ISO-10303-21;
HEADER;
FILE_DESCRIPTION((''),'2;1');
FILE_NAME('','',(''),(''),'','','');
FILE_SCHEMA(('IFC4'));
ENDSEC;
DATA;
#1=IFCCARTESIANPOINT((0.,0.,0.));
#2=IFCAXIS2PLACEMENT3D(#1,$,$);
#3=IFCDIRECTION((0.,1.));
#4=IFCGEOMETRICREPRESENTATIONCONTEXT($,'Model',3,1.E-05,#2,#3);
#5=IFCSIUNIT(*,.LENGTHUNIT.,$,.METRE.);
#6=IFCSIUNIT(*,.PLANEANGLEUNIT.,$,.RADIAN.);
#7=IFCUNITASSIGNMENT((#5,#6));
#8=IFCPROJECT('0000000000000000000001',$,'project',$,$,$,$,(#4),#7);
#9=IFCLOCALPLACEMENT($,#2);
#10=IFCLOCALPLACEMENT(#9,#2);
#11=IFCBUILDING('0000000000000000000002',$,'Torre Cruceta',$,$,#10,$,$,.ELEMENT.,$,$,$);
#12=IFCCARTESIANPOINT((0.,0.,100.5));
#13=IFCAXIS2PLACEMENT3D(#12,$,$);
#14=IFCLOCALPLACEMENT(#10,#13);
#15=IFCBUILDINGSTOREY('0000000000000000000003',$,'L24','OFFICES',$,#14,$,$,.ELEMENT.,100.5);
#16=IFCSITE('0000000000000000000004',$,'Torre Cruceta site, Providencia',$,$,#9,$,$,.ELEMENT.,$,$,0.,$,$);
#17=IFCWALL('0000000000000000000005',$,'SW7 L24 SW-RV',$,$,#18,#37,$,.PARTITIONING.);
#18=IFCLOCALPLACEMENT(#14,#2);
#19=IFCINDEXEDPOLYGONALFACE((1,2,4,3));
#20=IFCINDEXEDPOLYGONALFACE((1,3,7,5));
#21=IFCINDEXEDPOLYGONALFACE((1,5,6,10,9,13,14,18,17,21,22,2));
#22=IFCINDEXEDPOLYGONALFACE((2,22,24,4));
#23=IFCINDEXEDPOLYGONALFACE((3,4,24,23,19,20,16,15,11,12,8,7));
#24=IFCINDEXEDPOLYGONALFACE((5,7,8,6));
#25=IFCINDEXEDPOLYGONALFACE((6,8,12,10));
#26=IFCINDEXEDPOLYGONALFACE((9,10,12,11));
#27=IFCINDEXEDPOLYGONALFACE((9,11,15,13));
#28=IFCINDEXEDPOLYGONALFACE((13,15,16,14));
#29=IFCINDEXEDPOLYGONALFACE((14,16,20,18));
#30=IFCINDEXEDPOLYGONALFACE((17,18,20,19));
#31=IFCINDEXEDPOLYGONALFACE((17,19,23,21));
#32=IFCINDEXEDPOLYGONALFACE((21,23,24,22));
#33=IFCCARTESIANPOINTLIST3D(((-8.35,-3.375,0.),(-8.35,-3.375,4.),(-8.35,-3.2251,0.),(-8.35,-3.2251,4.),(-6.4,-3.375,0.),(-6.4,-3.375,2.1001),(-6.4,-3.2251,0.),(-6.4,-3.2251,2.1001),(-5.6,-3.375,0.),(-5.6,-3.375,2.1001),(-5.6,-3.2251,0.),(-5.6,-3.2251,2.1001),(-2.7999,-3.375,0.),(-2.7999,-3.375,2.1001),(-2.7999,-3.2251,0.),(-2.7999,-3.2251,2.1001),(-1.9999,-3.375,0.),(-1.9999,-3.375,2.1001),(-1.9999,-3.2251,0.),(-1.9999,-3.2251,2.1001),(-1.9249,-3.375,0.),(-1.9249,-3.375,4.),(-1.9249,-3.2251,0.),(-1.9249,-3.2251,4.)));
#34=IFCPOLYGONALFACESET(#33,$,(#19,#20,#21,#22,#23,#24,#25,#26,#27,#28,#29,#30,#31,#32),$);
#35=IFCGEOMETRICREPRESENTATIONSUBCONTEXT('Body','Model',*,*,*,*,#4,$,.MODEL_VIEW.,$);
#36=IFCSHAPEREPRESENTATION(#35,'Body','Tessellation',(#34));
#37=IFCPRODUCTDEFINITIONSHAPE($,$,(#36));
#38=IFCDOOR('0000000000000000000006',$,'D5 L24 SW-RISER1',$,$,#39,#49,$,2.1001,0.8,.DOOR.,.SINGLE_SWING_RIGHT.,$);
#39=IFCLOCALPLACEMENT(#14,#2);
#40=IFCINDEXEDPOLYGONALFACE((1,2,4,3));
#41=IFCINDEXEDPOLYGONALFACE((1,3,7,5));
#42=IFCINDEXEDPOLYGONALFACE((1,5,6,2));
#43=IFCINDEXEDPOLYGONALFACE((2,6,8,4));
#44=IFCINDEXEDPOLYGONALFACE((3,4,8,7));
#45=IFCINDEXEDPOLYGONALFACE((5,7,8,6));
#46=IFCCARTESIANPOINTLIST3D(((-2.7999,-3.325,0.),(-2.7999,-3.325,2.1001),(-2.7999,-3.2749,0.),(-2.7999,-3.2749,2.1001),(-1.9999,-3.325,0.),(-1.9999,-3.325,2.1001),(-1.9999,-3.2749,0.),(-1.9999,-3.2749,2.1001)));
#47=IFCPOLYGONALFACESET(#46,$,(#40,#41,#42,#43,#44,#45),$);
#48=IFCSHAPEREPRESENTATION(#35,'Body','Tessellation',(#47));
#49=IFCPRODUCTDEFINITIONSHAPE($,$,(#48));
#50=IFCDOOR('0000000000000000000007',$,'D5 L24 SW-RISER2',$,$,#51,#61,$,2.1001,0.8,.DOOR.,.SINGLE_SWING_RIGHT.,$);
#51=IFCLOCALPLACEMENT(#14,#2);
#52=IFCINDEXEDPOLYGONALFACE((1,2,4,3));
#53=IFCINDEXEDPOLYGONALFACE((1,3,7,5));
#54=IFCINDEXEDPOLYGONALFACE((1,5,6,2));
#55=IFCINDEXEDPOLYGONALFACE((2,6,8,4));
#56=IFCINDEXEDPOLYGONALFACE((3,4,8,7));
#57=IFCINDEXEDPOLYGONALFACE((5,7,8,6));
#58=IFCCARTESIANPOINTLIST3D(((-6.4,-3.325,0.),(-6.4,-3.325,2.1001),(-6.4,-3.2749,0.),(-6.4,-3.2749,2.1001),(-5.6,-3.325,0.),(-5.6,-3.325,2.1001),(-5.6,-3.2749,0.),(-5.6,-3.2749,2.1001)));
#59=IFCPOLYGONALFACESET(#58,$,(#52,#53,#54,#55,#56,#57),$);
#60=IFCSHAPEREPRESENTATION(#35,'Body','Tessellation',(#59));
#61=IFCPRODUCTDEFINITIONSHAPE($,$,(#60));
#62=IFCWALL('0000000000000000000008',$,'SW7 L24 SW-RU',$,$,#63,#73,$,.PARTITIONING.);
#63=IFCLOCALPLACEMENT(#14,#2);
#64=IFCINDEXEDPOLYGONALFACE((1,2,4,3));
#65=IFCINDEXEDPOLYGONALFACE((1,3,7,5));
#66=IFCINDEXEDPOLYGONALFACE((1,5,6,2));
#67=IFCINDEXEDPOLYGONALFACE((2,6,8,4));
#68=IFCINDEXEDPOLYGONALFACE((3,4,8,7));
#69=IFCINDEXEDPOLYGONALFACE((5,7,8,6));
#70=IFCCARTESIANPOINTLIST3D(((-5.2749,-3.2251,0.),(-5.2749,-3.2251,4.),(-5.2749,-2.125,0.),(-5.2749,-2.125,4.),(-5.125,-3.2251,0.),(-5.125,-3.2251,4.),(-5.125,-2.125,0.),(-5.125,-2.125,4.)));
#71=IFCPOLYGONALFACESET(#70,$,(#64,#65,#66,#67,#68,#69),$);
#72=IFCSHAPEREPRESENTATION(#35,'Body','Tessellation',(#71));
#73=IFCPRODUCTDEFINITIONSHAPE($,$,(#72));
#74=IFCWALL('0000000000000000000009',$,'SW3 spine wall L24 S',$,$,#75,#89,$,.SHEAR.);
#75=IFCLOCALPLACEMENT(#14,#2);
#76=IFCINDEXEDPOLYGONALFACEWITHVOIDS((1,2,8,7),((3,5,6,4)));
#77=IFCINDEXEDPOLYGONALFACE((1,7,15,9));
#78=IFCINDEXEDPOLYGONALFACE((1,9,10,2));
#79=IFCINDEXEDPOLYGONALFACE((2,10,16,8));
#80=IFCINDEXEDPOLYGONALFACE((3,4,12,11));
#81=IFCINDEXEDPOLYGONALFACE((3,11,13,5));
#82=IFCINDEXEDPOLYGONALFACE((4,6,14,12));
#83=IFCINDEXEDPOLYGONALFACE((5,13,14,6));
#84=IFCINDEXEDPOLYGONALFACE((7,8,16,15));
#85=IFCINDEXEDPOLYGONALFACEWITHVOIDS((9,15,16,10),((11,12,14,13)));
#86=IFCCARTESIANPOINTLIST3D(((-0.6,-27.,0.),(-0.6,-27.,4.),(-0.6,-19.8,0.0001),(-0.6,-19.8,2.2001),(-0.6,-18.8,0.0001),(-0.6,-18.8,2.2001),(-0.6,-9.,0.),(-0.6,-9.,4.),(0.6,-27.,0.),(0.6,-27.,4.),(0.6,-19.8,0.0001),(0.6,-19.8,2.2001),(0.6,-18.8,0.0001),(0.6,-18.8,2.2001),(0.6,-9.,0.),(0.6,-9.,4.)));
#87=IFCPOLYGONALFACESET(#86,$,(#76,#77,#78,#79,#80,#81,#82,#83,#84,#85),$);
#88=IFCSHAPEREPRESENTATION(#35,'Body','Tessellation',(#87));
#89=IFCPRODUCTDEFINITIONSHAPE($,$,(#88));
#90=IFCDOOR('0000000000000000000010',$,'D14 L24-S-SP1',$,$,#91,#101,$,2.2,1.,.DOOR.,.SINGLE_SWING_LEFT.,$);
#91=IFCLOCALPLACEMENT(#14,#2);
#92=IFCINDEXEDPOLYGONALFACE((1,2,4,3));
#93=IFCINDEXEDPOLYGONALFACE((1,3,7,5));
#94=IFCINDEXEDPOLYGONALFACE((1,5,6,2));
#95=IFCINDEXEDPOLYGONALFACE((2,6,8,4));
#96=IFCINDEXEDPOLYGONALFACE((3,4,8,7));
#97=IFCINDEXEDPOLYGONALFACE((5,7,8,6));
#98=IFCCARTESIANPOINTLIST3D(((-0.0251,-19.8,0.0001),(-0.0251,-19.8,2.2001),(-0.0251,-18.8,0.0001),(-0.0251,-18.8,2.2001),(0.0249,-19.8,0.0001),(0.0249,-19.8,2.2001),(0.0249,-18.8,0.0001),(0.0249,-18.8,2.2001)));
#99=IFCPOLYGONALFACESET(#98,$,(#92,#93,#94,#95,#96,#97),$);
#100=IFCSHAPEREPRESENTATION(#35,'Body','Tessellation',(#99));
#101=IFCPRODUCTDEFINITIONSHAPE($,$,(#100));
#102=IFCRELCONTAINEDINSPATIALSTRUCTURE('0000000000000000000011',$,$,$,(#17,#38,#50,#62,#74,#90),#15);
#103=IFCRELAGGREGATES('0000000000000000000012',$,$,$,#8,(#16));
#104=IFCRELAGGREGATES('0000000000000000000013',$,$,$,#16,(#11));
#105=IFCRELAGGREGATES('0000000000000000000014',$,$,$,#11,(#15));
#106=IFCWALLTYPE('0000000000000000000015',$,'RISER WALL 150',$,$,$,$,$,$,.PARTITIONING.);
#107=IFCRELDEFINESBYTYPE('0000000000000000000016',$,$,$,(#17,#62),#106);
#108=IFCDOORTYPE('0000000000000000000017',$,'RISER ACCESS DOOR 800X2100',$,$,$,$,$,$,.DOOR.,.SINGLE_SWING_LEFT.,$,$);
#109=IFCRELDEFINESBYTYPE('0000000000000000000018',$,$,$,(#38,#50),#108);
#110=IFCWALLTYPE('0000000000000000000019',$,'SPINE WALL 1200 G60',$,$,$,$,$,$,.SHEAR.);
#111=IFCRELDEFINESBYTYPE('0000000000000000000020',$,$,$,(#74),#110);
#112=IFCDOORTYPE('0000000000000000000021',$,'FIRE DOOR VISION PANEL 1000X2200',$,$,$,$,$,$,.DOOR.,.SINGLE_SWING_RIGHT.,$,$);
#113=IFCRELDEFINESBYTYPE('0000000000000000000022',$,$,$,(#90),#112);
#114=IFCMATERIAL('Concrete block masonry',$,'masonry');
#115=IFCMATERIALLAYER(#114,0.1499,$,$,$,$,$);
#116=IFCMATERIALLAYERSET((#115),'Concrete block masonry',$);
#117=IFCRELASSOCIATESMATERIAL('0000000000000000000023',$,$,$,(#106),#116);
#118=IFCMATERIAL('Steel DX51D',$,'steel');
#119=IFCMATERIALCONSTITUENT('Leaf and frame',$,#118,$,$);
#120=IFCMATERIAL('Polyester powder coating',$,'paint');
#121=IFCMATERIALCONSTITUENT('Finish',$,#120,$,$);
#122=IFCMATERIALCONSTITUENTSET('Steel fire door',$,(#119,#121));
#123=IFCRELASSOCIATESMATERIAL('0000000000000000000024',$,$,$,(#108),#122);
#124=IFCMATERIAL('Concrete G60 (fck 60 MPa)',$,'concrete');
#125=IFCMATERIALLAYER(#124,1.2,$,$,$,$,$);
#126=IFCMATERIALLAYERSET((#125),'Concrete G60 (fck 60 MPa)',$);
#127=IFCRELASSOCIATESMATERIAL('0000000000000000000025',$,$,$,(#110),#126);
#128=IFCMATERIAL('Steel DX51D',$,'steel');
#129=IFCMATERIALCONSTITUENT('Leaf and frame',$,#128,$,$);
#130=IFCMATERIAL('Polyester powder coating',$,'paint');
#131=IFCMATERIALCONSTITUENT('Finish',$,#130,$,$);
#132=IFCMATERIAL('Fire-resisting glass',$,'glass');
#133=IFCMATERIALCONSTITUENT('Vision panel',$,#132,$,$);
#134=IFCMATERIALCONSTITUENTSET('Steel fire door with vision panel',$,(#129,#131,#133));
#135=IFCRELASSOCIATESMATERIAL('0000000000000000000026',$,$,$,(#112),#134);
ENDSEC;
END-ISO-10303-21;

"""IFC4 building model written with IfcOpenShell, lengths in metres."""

from ifc_helpers import new_model, si_unit, direction, frame, frame_2d, origin, place, context, subcontext, project, spatial, rectangle, extrude, material, layer, layer_set, constituent, constituent_set, type_object, element, fill, save


model = new_model("IFC4")

# Units and contexts
model_context = context("Model", 3, precision=1e-05, world=origin(), true_north=direction((0.0, 1.0)))
body_context = subcontext(model_context, "Body", "Model", "MODEL_VIEW")
ifc_project = project(units=[si_unit("LENGTHUNIT", "METRE"), si_unit("PLANEANGLEUNIT", "RADIAN")], contexts=[model_context])

# Site, building, storey
site_placement = place(None, origin())
site = spatial("IfcSite", under=ifc_project, at=site_placement, Name="Torre Cruceta site, Providencia", CompositionType="ELEMENT", RefElevation=0.0)
building_placement = place(site_placement, origin())
building = spatial("IfcBuilding", under=site, at=building_placement, Name="Torre Cruceta", CompositionType="ELEMENT")
storey_placement = place(building_placement, frame((0.0, 0.0, 100.5)))
storey = spatial("IfcBuildingStorey", under=building, at=storey_placement, Name="L24", Description="OFFICES", CompositionType="ELEMENT", Elevation=100.5)

# Wall, openings, doors
ifc_material_1 = material(Name="Concrete block masonry", Category="masonry")
ifc_layer_1 = layer(ifc_material_1, 0.1499)
ifc_layer_set_1 = layer_set([ifc_layer_1], Name="Concrete block masonry")
wall_type_1 = type_object("IfcWallType", Name="RISER WALL 150", PredefinedType="PARTITIONING", material=ifc_layer_set_1)
wall_1_placement = place(storey_placement, frame((-1.925, -3.3, 0.0), z_axis=(0.0, 0.0, 1.0), x_axis=(-1.0, 0.0, 0.0)))
wall_1 = element("IfcWall", 1, at=wall_1_placement, inside=storey, type_object=wall_type_1, Name="SW7 L24 SW-RV", PredefinedType="PARTITIONING", context=body_context, shape_type="SweptSolid", body=[
    extrude(rectangle(XDim=6.425, YDim=0.1499, at=frame_2d((3.2124, 0.0))), origin(), (0.0, 0.0, 1.0), 4.0),
])
opening_1_placement = place(wall_1_placement, frame((0.075, 0.0, 0.0)))
opening_1 = element("IfcOpeningElement", 2, at=opening_1_placement, cuts=wall_1, PredefinedType="OPENING", context=body_context, shape_type="SweptSolid", body=[
    extrude(rectangle(XDim=0.8, YDim=2.1001, at=frame_2d((0.3999, 1.05))), frame((0.0, 0.085, 0.0), z_axis=(0.0, -1.0, 0.0), x_axis=(1.0, 0.0, 0.0)), (0.0, 0.0, 1.0), 0.1699),
])
opening_2_placement = place(wall_1_placement, frame((3.675, 0.0, 0.0)))
opening_2 = element("IfcOpeningElement", 3, at=opening_2_placement, cuts=wall_1, PredefinedType="OPENING", context=body_context, shape_type="SweptSolid", body=[
    extrude(rectangle(XDim=0.8, YDim=2.1001, at=frame_2d((0.3999, 1.05))), frame((0.0, 0.085, 0.0), z_axis=(0.0, -1.0, 0.0), x_axis=(1.0, 0.0, 0.0)), (0.0, 0.0, 1.0), 0.1699),
])
ifc_material_2 = material(Name="Steel DX51D", Category="steel")
ifc_constituent_1 = constituent(ifc_material_2, Name="Leaf and frame")
ifc_material_3 = material(Name="Polyester powder coating", Category="paint")
ifc_constituent_2 = constituent(ifc_material_3, Name="Finish")
ifc_constituent_set_1 = constituent_set(constituents=[ifc_constituent_1, ifc_constituent_2], Name="Steel fire door")
door_type_1 = type_object("IfcDoorType", Name="RISER ACCESS DOOR 800X2100", OperationType="SINGLE_SWING_LEFT", PredefinedType="DOOR", material=ifc_constituent_set_1)
door_1_placement = place(opening_1_placement, frame((0.8, 0.0, 0.0), z_axis=(0.0, 0.0, 1.0), x_axis=(-1.0, 0.0, 0.0)))
door_1 = element("IfcDoor", 4, at=door_1_placement, inside=storey, type_object=door_type_1, Name="D5 L24 SW-RISER1", OperationType="SINGLE_SWING_RIGHT", OverallHeight=2.1001, OverallWidth=0.8, PredefinedType="DOOR", context=body_context, shape_type="SweptSolid", body=[
    extrude(rectangle(XDim=0.8, YDim=2.1001, at=frame_2d((0.4001, 1.05))), frame((0.0, 0.0251, 0.0), z_axis=(0.0, -1.0, 0.0), x_axis=(1.0, 0.0, 0.0)), (0.0, 0.0, 1.0), 0.05),
])
fill(opening_1, door_1)
door_2_placement = place(opening_2_placement, frame((0.8, 0.0, 0.0), z_axis=(0.0, 0.0, 1.0), x_axis=(-1.0, 0.0, 0.0)))
door_2 = element("IfcDoor", 5, at=door_2_placement, inside=storey, type_object=door_type_1, Name="D5 L24 SW-RISER2", OperationType="SINGLE_SWING_RIGHT", OverallHeight=2.1001, OverallWidth=0.8, PredefinedType="DOOR", context=body_context, shape_type="SweptSolid", body=[
    extrude(rectangle(XDim=0.8, YDim=2.1001, at=frame_2d((0.4001, 1.05))), frame((0.0, 0.0251, 0.0), z_axis=(0.0, -1.0, 0.0), x_axis=(1.0, 0.0, 0.0)), (0.0, 0.0, 1.0), 0.05),
])
fill(opening_2, door_2)

# Wall
wall_2_placement = place(storey_placement, frame((-5.2, -2.125, 0.0), z_axis=(0.0, 0.0, 1.0), x_axis=(0.0, -1.0, 0.0)))
element("IfcWall", 6, at=wall_2_placement, inside=storey, type_object=wall_type_1, Name="SW7 L24 SW-RU", PredefinedType="PARTITIONING", context=body_context, shape_type="SweptSolid", body=[
    extrude(rectangle(XDim=1.1001, YDim=0.1499, at=frame_2d((0.55, 0.0))), origin(), (0.0, 0.0, 1.0), 4.0),
])

# Wall, opening, door
ifc_material_4 = material(Name="Concrete G60 (fck 60 MPa)", Category="concrete")
ifc_layer_2 = layer(ifc_material_4, 1.2)
ifc_layer_set_2 = layer_set([ifc_layer_2], Name="Concrete G60 (fck 60 MPa)")
wall_type_2 = type_object("IfcWallType", Name="SPINE WALL 1200 G60", PredefinedType="SHEAR", material=ifc_layer_set_2)
wall_3_placement = place(storey_placement, frame((0.0, -9.0, 0.0), z_axis=(0.0, 0.0, 1.0), x_axis=(0.0, -1.0, 0.0)))
wall_3 = element("IfcWall", 7, at=wall_3_placement, inside=storey, type_object=wall_type_2, Name="SW3 spine wall L24 S", PredefinedType="SHEAR", context=body_context, shape_type="SweptSolid", body=[
    extrude(rectangle(XDim=18.0, YDim=1.2, at=frame_2d((9.0, 0.0))), origin(), (0.0, 0.0, 1.0), 4.0),
])
opening_3_placement = place(wall_3_placement, frame((9.8, 0.0, 0.0)))
opening_3 = element("IfcOpeningElement", 8, at=opening_3_placement, cuts=wall_3, PredefinedType="OPENING", context=body_context, shape_type="SweptSolid", body=[
    extrude(rectangle(XDim=1.0, YDim=2.2, at=frame_2d((0.5, 1.1001))), frame((0.0, 0.6099, 0.0), z_axis=(0.0, -1.0, 0.0), x_axis=(1.0, 0.0, 0.0)), (0.0, 0.0, 1.0), 1.22),
])
ifc_material_5 = material(Name="Steel DX51D", Category="steel")
ifc_constituent_3 = constituent(ifc_material_5, Name="Leaf and frame")
ifc_material_6 = material(Name="Polyester powder coating", Category="paint")
ifc_constituent_4 = constituent(ifc_material_6, Name="Finish")
ifc_material_7 = material(Name="Fire-resisting glass", Category="glass")
ifc_constituent_5 = constituent(ifc_material_7, Name="Vision panel")
ifc_constituent_set_2 = constituent_set(constituents=[ifc_constituent_3, ifc_constituent_4, ifc_constituent_5], Name="Steel fire door with vision panel")
door_type_2 = type_object("IfcDoorType", Name="FIRE DOOR VISION PANEL 1000X2200", OperationType="SINGLE_SWING_RIGHT", PredefinedType="DOOR", material=ifc_constituent_set_2)
door_3_placement = place(opening_3_placement, frame((1.0, 0.0, 0.0), z_axis=(0.0, 0.0, 1.0), x_axis=(-1.0, 0.0, 0.0)))
door_3 = element("IfcDoor", 9, at=door_3_placement, inside=storey, type_object=door_type_2, Name="D14 L24-S-SP1", OperationType="SINGLE_SWING_LEFT", OverallHeight=2.2, OverallWidth=1.0, PredefinedType="DOOR", context=body_context, shape_type="SweptSolid", body=[
    extrude(rectangle(XDim=1.0, YDim=2.2, at=frame_2d((0.5, 1.1001))), frame((0.0, 0.0251, 0.0), z_axis=(0.0, -1.0, 0.0), x_axis=(1.0, 0.0, 0.0)), (0.0, 0.0, 1.0), 0.05),
])
fill(opening_3, door_3)

save(model, "model.ifc")
